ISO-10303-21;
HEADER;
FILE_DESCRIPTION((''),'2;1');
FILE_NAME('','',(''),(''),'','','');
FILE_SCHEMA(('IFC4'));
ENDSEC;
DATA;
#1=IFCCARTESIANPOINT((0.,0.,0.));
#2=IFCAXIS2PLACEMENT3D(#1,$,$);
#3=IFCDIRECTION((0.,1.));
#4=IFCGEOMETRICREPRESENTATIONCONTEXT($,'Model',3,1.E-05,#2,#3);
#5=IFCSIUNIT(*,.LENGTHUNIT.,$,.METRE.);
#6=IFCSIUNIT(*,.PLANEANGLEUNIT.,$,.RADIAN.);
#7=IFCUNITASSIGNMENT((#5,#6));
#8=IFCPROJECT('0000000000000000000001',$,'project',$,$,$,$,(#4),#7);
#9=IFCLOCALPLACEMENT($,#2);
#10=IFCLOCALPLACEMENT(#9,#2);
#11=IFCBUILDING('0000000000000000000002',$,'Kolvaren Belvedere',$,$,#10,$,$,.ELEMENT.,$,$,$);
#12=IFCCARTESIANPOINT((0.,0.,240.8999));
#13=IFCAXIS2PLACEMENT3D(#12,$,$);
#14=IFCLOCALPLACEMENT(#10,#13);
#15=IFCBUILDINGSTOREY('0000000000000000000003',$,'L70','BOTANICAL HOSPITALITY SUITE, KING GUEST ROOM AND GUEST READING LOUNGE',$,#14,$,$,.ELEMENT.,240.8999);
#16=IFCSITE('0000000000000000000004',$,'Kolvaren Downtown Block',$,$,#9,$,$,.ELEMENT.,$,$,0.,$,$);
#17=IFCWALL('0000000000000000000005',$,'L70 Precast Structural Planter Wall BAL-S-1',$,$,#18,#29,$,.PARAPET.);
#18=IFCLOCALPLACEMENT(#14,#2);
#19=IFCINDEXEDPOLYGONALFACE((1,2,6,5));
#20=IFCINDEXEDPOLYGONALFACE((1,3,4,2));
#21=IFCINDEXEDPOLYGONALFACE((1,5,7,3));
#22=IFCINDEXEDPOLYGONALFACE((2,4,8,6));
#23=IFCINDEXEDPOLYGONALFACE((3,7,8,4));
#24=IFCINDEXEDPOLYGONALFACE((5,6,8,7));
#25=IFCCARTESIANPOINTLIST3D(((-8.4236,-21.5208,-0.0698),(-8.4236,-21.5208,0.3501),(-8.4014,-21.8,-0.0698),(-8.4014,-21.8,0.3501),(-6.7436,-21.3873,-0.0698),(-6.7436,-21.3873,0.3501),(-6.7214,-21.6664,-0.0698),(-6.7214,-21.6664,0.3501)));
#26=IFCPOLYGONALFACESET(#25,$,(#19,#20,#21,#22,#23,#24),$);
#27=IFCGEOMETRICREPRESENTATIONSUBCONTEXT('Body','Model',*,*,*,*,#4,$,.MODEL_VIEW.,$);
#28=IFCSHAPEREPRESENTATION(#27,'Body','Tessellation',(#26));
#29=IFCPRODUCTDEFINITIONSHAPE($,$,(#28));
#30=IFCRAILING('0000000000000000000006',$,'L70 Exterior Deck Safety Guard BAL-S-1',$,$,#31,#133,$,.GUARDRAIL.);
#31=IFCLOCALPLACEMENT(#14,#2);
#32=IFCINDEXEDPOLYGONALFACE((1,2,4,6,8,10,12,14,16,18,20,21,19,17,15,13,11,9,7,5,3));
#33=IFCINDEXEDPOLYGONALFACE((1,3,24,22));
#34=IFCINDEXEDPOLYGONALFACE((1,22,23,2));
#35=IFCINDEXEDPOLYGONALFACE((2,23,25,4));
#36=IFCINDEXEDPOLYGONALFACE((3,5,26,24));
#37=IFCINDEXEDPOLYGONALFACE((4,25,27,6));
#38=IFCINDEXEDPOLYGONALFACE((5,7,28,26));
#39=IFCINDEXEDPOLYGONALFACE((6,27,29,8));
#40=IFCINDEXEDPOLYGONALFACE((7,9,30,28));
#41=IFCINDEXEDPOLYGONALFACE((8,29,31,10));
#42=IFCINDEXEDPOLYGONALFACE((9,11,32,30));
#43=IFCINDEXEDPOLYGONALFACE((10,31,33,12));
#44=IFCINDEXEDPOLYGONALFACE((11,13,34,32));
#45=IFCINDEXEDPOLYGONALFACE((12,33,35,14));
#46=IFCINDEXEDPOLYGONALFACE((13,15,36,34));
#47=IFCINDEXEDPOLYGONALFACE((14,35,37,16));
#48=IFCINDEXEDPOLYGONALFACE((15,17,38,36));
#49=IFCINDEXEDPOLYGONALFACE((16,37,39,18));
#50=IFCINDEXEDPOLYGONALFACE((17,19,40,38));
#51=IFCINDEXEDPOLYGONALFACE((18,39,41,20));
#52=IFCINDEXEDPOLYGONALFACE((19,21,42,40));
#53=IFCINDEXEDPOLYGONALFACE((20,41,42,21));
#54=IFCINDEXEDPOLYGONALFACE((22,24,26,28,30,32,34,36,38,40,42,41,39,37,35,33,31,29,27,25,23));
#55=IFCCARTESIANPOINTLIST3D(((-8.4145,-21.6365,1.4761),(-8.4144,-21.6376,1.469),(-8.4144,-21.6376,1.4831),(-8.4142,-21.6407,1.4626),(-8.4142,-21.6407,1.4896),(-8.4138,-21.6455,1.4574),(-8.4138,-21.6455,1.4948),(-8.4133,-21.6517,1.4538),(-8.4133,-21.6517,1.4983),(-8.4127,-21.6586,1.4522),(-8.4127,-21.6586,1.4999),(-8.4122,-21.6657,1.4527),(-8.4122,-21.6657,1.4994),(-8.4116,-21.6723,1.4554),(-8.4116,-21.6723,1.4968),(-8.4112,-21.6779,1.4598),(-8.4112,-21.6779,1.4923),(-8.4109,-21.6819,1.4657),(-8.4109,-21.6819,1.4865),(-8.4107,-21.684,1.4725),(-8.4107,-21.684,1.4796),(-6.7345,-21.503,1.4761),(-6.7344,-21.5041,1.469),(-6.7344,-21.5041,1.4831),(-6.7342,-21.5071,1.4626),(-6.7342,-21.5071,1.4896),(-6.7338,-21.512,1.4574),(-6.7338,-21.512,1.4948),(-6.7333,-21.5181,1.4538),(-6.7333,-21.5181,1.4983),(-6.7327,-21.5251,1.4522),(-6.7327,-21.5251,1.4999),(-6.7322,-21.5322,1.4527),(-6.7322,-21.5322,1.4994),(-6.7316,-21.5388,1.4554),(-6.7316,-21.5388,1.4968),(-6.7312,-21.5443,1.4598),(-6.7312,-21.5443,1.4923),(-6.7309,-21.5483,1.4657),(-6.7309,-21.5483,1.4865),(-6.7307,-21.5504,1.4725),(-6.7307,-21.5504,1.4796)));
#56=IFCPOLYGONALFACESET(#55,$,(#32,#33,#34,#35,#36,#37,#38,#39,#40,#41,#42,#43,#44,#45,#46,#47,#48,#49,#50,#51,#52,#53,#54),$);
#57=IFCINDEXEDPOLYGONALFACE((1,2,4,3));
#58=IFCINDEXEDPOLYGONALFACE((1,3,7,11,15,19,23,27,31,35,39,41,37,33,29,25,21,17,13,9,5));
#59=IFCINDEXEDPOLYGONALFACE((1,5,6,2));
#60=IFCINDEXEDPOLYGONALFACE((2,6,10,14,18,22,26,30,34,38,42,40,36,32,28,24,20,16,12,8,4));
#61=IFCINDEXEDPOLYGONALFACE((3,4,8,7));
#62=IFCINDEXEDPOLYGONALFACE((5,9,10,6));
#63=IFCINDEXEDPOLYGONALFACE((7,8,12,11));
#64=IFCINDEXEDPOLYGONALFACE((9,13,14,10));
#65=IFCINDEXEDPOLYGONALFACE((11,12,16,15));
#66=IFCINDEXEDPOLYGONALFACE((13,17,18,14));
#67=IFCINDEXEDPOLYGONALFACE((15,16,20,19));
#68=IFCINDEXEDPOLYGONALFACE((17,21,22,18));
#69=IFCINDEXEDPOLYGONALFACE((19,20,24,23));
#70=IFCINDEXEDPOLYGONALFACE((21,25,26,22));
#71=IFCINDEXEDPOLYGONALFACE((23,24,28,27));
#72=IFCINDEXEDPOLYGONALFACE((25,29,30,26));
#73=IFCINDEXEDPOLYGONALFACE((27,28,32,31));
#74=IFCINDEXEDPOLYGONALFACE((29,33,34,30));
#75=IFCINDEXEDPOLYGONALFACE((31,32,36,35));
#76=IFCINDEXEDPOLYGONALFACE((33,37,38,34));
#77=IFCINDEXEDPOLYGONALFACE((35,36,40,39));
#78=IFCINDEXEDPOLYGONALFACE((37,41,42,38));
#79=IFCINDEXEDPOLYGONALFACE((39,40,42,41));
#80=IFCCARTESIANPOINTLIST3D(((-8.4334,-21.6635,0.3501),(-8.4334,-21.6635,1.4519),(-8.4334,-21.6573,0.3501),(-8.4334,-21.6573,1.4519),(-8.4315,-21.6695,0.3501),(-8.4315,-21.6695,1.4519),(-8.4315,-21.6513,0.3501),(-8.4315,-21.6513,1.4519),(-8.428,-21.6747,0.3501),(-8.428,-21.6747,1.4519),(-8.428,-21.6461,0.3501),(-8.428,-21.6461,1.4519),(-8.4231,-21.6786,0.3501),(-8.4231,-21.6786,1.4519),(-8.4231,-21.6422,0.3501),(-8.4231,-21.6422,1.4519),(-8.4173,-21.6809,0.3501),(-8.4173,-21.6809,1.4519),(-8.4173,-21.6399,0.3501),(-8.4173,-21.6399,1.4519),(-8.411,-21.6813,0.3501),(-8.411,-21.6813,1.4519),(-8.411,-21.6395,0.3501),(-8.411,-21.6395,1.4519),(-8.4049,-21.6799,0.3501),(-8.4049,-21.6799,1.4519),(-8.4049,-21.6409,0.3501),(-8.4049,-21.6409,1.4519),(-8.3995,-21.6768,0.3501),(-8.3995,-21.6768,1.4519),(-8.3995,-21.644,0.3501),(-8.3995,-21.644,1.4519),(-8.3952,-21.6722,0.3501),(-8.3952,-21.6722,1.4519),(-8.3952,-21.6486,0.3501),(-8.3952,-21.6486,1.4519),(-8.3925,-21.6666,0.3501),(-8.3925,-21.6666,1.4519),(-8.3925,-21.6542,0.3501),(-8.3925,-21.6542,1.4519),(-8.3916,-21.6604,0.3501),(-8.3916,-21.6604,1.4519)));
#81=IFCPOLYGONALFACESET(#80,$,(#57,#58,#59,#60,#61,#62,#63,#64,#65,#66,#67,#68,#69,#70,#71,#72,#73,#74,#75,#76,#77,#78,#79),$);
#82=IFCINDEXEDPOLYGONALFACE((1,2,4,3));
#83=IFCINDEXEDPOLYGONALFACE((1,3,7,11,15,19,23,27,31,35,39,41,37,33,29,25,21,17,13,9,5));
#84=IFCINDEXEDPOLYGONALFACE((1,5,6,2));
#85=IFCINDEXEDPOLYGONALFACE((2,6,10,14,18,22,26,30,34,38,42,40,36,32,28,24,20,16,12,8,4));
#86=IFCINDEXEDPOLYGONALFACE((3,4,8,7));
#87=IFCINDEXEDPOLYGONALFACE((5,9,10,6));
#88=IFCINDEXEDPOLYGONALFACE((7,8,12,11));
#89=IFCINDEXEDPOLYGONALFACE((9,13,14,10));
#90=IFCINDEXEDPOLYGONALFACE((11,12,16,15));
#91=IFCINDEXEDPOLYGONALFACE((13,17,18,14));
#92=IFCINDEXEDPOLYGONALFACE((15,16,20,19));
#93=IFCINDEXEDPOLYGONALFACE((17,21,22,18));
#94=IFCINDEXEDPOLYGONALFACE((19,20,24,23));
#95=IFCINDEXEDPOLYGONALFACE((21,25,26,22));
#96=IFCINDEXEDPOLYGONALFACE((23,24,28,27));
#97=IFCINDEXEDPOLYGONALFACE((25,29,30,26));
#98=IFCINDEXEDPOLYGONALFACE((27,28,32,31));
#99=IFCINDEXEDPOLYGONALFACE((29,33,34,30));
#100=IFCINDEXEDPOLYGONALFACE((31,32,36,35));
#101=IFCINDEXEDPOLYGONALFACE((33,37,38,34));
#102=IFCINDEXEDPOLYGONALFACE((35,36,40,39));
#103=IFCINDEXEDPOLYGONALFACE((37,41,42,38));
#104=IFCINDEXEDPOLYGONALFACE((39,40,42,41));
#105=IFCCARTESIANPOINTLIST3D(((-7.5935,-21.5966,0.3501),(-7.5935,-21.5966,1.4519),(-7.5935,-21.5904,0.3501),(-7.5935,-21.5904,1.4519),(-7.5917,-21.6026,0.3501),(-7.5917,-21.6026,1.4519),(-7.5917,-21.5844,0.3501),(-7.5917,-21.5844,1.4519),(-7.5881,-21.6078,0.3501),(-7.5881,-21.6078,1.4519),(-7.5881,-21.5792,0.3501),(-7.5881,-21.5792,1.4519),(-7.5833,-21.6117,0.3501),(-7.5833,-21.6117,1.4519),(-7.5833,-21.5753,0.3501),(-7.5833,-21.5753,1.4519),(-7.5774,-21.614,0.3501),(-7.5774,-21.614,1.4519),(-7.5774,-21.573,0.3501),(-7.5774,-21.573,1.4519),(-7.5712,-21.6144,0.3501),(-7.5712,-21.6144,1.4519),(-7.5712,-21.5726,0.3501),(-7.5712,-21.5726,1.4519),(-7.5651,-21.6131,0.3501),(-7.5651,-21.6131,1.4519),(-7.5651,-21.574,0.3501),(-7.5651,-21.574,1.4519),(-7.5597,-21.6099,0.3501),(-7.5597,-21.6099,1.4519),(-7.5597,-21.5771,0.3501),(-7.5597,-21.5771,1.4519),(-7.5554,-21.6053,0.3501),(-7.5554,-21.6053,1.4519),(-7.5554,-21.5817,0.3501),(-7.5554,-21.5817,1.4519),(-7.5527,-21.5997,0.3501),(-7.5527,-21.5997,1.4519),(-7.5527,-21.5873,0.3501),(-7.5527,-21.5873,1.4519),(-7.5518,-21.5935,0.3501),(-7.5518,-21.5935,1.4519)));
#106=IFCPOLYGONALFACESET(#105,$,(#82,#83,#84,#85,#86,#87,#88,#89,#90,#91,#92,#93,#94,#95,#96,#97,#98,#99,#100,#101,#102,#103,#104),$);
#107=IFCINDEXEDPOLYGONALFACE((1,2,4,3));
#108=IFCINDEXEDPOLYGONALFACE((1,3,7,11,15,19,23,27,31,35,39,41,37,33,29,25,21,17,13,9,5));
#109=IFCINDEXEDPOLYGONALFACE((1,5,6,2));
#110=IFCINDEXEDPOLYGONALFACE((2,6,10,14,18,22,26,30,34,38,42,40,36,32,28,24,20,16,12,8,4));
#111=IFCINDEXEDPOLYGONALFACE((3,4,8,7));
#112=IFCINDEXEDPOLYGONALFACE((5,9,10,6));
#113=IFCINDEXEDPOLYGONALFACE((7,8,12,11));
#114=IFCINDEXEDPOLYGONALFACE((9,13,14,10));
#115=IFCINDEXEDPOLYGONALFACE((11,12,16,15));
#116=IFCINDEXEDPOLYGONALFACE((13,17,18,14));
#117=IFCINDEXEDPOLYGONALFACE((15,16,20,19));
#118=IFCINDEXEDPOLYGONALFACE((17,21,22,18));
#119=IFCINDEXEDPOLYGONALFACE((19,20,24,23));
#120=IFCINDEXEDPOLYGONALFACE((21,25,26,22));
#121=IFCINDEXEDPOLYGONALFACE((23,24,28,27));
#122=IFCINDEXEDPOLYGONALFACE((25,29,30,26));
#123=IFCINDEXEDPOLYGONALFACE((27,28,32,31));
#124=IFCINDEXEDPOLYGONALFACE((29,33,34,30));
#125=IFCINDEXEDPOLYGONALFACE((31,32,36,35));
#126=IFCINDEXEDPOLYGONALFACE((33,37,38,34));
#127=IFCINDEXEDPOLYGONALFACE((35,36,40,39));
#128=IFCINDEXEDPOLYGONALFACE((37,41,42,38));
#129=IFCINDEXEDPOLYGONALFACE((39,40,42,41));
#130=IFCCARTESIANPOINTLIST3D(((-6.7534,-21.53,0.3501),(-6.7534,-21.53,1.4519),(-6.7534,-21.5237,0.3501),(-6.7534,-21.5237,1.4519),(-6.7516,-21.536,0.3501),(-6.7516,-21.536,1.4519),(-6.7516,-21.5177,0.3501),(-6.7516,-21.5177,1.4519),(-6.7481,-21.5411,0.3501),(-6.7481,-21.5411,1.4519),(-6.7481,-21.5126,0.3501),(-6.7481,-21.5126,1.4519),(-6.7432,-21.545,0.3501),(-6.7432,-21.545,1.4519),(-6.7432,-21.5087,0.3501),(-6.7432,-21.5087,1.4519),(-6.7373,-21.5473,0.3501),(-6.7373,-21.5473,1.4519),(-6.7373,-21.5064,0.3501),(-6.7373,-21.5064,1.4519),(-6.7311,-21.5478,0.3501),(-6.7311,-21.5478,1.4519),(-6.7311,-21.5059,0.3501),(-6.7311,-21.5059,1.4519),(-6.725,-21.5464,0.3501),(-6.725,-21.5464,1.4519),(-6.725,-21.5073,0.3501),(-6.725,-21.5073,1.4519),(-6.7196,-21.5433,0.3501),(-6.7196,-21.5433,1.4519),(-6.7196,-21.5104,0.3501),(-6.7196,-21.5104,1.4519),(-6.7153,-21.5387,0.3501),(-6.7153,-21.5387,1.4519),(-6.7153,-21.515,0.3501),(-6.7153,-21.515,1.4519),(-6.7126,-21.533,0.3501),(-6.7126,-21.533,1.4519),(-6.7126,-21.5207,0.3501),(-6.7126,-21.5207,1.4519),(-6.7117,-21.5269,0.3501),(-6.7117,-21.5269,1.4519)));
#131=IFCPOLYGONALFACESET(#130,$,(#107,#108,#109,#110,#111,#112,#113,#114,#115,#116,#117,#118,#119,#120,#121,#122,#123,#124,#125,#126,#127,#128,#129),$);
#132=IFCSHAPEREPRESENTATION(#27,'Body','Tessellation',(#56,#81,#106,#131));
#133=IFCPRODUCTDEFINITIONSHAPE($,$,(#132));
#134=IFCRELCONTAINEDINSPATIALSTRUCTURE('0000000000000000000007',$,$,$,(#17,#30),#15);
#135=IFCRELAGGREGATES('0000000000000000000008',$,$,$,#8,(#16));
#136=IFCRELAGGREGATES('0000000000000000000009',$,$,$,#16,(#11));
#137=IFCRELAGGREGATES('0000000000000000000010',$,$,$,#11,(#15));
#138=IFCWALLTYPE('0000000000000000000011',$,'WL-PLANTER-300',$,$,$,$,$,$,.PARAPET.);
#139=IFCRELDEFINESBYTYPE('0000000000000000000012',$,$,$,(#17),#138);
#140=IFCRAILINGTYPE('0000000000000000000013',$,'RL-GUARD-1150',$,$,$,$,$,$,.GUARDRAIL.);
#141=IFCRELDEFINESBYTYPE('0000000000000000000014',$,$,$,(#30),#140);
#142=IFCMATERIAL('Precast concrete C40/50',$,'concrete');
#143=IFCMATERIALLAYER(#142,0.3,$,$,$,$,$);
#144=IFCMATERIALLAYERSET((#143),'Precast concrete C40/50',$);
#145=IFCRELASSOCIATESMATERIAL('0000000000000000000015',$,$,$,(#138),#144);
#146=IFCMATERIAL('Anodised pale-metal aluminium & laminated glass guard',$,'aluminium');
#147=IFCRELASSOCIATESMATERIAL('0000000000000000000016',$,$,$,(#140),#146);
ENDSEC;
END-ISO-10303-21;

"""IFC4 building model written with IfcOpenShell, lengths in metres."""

from ifc_helpers import new_model, si_unit, direction, frame, frame_2d, origin, origin_2d, place, context, subcontext, project, spatial, rectangle, circle, extrude, material, layer, layer_set, type_object, element, save


model = new_model("IFC4")

# Units and contexts
model_context = context("Model", 3, precision=1e-05, world=origin(), true_north=direction((0.0, 1.0)))
body_context = subcontext(model_context, "Body", "Model", "MODEL_VIEW")
ifc_project = project(units=[si_unit("LENGTHUNIT", "METRE"), si_unit("PLANEANGLEUNIT", "RADIAN")], contexts=[model_context])

# Site, building, storey
site_placement = place(None, origin())
site = spatial("IfcSite", under=ifc_project, at=site_placement, Name="Kolvaren Downtown Block", CompositionType="ELEMENT", RefElevation=0.0)
building_placement = place(site_placement, origin())
building = spatial("IfcBuilding", under=site, at=building_placement, Name="Kolvaren Belvedere", CompositionType="ELEMENT")
storey_placement = place(building_placement, frame((0.0, 0.0, 240.8999)))
storey = spatial("IfcBuildingStorey", under=building, at=storey_placement, Name="L70", Description="BOTANICAL HOSPITALITY SUITE, KING GUEST ROOM AND GUEST READING LOUNGE", CompositionType="ELEMENT", Elevation=240.8999)

# Wall
ifc_material_1 = material(Name="Precast concrete C40/50", Category="concrete")
ifc_layer_1 = layer(ifc_material_1, 0.3)
ifc_layer_set_1 = layer_set([ifc_layer_1], Name="Precast concrete C40/50")
wall_type_1 = type_object("IfcWallType", Name="WL-PLANTER-300", PredefinedType="PARAPET", material=ifc_layer_set_1)
wall_1_placement = place(storey_placement, frame((-8.4126, -21.6604, -0.0698), z_axis=(0.0, 0.0, 1.0), x_axis=(0.996855, 0.079244, 0.0)))
element("IfcWall", 1, at=wall_1_placement, inside=storey, type_object=wall_type_1, Name="L70 Precast Structural Planter Wall BAL-S-1", PredefinedType="PARAPET", context=body_context, shape_type="SweptSolid", body=[
    extrude(rectangle(XDim=1.6853, YDim=0.28, at=frame_2d((0.8428, 0.0))), origin(), (0.0, 0.0, 1.0), 0.4199),
])

# Railing
ifc_material_2 = material(Name="Anodised pale-metal aluminium & laminated glass guard", Category="aluminium")
railing_type = type_object("IfcRailingType", Name="RL-GUARD-1150", PredefinedType="GUARDRAIL", material=ifc_material_2)
railing_placement = place(storey_placement, frame((-8.4126, -21.6604, 0.3501)))
element("IfcRailing", 2, at=railing_placement, inside=storey, type_object=railing_type, Name="L70 Exterior Deck Safety Guard BAL-S-1", PredefinedType="GUARDRAIL", context=body_context, shape_type="SweptSolid", body=[
    extrude(circle(Radius=0.0239, at=origin_2d()), frame((0.0, 0.0, 1.126), z_axis=(0.996855, 0.079244, 0.0), x_axis=(-0.079244, 0.996855, 0.0)), (0.0, 0.0, 1.0), 1.6853),
    extrude(circle(Radius=0.021, at=origin_2d()), origin(), (0.0, 0.0, 1.0), 1.1018),
    extrude(circle(Radius=0.021, at=origin_2d()), frame((0.8398, 0.0669, 0.0)), (0.0, 0.0, 1.0), 1.1018),
    extrude(circle(Radius=0.021, at=origin_2d()), frame((1.6799, 0.1335, 0.0)), (0.0, 0.0, 1.0), 1.1018),
])

save(model, "model.ifc")
